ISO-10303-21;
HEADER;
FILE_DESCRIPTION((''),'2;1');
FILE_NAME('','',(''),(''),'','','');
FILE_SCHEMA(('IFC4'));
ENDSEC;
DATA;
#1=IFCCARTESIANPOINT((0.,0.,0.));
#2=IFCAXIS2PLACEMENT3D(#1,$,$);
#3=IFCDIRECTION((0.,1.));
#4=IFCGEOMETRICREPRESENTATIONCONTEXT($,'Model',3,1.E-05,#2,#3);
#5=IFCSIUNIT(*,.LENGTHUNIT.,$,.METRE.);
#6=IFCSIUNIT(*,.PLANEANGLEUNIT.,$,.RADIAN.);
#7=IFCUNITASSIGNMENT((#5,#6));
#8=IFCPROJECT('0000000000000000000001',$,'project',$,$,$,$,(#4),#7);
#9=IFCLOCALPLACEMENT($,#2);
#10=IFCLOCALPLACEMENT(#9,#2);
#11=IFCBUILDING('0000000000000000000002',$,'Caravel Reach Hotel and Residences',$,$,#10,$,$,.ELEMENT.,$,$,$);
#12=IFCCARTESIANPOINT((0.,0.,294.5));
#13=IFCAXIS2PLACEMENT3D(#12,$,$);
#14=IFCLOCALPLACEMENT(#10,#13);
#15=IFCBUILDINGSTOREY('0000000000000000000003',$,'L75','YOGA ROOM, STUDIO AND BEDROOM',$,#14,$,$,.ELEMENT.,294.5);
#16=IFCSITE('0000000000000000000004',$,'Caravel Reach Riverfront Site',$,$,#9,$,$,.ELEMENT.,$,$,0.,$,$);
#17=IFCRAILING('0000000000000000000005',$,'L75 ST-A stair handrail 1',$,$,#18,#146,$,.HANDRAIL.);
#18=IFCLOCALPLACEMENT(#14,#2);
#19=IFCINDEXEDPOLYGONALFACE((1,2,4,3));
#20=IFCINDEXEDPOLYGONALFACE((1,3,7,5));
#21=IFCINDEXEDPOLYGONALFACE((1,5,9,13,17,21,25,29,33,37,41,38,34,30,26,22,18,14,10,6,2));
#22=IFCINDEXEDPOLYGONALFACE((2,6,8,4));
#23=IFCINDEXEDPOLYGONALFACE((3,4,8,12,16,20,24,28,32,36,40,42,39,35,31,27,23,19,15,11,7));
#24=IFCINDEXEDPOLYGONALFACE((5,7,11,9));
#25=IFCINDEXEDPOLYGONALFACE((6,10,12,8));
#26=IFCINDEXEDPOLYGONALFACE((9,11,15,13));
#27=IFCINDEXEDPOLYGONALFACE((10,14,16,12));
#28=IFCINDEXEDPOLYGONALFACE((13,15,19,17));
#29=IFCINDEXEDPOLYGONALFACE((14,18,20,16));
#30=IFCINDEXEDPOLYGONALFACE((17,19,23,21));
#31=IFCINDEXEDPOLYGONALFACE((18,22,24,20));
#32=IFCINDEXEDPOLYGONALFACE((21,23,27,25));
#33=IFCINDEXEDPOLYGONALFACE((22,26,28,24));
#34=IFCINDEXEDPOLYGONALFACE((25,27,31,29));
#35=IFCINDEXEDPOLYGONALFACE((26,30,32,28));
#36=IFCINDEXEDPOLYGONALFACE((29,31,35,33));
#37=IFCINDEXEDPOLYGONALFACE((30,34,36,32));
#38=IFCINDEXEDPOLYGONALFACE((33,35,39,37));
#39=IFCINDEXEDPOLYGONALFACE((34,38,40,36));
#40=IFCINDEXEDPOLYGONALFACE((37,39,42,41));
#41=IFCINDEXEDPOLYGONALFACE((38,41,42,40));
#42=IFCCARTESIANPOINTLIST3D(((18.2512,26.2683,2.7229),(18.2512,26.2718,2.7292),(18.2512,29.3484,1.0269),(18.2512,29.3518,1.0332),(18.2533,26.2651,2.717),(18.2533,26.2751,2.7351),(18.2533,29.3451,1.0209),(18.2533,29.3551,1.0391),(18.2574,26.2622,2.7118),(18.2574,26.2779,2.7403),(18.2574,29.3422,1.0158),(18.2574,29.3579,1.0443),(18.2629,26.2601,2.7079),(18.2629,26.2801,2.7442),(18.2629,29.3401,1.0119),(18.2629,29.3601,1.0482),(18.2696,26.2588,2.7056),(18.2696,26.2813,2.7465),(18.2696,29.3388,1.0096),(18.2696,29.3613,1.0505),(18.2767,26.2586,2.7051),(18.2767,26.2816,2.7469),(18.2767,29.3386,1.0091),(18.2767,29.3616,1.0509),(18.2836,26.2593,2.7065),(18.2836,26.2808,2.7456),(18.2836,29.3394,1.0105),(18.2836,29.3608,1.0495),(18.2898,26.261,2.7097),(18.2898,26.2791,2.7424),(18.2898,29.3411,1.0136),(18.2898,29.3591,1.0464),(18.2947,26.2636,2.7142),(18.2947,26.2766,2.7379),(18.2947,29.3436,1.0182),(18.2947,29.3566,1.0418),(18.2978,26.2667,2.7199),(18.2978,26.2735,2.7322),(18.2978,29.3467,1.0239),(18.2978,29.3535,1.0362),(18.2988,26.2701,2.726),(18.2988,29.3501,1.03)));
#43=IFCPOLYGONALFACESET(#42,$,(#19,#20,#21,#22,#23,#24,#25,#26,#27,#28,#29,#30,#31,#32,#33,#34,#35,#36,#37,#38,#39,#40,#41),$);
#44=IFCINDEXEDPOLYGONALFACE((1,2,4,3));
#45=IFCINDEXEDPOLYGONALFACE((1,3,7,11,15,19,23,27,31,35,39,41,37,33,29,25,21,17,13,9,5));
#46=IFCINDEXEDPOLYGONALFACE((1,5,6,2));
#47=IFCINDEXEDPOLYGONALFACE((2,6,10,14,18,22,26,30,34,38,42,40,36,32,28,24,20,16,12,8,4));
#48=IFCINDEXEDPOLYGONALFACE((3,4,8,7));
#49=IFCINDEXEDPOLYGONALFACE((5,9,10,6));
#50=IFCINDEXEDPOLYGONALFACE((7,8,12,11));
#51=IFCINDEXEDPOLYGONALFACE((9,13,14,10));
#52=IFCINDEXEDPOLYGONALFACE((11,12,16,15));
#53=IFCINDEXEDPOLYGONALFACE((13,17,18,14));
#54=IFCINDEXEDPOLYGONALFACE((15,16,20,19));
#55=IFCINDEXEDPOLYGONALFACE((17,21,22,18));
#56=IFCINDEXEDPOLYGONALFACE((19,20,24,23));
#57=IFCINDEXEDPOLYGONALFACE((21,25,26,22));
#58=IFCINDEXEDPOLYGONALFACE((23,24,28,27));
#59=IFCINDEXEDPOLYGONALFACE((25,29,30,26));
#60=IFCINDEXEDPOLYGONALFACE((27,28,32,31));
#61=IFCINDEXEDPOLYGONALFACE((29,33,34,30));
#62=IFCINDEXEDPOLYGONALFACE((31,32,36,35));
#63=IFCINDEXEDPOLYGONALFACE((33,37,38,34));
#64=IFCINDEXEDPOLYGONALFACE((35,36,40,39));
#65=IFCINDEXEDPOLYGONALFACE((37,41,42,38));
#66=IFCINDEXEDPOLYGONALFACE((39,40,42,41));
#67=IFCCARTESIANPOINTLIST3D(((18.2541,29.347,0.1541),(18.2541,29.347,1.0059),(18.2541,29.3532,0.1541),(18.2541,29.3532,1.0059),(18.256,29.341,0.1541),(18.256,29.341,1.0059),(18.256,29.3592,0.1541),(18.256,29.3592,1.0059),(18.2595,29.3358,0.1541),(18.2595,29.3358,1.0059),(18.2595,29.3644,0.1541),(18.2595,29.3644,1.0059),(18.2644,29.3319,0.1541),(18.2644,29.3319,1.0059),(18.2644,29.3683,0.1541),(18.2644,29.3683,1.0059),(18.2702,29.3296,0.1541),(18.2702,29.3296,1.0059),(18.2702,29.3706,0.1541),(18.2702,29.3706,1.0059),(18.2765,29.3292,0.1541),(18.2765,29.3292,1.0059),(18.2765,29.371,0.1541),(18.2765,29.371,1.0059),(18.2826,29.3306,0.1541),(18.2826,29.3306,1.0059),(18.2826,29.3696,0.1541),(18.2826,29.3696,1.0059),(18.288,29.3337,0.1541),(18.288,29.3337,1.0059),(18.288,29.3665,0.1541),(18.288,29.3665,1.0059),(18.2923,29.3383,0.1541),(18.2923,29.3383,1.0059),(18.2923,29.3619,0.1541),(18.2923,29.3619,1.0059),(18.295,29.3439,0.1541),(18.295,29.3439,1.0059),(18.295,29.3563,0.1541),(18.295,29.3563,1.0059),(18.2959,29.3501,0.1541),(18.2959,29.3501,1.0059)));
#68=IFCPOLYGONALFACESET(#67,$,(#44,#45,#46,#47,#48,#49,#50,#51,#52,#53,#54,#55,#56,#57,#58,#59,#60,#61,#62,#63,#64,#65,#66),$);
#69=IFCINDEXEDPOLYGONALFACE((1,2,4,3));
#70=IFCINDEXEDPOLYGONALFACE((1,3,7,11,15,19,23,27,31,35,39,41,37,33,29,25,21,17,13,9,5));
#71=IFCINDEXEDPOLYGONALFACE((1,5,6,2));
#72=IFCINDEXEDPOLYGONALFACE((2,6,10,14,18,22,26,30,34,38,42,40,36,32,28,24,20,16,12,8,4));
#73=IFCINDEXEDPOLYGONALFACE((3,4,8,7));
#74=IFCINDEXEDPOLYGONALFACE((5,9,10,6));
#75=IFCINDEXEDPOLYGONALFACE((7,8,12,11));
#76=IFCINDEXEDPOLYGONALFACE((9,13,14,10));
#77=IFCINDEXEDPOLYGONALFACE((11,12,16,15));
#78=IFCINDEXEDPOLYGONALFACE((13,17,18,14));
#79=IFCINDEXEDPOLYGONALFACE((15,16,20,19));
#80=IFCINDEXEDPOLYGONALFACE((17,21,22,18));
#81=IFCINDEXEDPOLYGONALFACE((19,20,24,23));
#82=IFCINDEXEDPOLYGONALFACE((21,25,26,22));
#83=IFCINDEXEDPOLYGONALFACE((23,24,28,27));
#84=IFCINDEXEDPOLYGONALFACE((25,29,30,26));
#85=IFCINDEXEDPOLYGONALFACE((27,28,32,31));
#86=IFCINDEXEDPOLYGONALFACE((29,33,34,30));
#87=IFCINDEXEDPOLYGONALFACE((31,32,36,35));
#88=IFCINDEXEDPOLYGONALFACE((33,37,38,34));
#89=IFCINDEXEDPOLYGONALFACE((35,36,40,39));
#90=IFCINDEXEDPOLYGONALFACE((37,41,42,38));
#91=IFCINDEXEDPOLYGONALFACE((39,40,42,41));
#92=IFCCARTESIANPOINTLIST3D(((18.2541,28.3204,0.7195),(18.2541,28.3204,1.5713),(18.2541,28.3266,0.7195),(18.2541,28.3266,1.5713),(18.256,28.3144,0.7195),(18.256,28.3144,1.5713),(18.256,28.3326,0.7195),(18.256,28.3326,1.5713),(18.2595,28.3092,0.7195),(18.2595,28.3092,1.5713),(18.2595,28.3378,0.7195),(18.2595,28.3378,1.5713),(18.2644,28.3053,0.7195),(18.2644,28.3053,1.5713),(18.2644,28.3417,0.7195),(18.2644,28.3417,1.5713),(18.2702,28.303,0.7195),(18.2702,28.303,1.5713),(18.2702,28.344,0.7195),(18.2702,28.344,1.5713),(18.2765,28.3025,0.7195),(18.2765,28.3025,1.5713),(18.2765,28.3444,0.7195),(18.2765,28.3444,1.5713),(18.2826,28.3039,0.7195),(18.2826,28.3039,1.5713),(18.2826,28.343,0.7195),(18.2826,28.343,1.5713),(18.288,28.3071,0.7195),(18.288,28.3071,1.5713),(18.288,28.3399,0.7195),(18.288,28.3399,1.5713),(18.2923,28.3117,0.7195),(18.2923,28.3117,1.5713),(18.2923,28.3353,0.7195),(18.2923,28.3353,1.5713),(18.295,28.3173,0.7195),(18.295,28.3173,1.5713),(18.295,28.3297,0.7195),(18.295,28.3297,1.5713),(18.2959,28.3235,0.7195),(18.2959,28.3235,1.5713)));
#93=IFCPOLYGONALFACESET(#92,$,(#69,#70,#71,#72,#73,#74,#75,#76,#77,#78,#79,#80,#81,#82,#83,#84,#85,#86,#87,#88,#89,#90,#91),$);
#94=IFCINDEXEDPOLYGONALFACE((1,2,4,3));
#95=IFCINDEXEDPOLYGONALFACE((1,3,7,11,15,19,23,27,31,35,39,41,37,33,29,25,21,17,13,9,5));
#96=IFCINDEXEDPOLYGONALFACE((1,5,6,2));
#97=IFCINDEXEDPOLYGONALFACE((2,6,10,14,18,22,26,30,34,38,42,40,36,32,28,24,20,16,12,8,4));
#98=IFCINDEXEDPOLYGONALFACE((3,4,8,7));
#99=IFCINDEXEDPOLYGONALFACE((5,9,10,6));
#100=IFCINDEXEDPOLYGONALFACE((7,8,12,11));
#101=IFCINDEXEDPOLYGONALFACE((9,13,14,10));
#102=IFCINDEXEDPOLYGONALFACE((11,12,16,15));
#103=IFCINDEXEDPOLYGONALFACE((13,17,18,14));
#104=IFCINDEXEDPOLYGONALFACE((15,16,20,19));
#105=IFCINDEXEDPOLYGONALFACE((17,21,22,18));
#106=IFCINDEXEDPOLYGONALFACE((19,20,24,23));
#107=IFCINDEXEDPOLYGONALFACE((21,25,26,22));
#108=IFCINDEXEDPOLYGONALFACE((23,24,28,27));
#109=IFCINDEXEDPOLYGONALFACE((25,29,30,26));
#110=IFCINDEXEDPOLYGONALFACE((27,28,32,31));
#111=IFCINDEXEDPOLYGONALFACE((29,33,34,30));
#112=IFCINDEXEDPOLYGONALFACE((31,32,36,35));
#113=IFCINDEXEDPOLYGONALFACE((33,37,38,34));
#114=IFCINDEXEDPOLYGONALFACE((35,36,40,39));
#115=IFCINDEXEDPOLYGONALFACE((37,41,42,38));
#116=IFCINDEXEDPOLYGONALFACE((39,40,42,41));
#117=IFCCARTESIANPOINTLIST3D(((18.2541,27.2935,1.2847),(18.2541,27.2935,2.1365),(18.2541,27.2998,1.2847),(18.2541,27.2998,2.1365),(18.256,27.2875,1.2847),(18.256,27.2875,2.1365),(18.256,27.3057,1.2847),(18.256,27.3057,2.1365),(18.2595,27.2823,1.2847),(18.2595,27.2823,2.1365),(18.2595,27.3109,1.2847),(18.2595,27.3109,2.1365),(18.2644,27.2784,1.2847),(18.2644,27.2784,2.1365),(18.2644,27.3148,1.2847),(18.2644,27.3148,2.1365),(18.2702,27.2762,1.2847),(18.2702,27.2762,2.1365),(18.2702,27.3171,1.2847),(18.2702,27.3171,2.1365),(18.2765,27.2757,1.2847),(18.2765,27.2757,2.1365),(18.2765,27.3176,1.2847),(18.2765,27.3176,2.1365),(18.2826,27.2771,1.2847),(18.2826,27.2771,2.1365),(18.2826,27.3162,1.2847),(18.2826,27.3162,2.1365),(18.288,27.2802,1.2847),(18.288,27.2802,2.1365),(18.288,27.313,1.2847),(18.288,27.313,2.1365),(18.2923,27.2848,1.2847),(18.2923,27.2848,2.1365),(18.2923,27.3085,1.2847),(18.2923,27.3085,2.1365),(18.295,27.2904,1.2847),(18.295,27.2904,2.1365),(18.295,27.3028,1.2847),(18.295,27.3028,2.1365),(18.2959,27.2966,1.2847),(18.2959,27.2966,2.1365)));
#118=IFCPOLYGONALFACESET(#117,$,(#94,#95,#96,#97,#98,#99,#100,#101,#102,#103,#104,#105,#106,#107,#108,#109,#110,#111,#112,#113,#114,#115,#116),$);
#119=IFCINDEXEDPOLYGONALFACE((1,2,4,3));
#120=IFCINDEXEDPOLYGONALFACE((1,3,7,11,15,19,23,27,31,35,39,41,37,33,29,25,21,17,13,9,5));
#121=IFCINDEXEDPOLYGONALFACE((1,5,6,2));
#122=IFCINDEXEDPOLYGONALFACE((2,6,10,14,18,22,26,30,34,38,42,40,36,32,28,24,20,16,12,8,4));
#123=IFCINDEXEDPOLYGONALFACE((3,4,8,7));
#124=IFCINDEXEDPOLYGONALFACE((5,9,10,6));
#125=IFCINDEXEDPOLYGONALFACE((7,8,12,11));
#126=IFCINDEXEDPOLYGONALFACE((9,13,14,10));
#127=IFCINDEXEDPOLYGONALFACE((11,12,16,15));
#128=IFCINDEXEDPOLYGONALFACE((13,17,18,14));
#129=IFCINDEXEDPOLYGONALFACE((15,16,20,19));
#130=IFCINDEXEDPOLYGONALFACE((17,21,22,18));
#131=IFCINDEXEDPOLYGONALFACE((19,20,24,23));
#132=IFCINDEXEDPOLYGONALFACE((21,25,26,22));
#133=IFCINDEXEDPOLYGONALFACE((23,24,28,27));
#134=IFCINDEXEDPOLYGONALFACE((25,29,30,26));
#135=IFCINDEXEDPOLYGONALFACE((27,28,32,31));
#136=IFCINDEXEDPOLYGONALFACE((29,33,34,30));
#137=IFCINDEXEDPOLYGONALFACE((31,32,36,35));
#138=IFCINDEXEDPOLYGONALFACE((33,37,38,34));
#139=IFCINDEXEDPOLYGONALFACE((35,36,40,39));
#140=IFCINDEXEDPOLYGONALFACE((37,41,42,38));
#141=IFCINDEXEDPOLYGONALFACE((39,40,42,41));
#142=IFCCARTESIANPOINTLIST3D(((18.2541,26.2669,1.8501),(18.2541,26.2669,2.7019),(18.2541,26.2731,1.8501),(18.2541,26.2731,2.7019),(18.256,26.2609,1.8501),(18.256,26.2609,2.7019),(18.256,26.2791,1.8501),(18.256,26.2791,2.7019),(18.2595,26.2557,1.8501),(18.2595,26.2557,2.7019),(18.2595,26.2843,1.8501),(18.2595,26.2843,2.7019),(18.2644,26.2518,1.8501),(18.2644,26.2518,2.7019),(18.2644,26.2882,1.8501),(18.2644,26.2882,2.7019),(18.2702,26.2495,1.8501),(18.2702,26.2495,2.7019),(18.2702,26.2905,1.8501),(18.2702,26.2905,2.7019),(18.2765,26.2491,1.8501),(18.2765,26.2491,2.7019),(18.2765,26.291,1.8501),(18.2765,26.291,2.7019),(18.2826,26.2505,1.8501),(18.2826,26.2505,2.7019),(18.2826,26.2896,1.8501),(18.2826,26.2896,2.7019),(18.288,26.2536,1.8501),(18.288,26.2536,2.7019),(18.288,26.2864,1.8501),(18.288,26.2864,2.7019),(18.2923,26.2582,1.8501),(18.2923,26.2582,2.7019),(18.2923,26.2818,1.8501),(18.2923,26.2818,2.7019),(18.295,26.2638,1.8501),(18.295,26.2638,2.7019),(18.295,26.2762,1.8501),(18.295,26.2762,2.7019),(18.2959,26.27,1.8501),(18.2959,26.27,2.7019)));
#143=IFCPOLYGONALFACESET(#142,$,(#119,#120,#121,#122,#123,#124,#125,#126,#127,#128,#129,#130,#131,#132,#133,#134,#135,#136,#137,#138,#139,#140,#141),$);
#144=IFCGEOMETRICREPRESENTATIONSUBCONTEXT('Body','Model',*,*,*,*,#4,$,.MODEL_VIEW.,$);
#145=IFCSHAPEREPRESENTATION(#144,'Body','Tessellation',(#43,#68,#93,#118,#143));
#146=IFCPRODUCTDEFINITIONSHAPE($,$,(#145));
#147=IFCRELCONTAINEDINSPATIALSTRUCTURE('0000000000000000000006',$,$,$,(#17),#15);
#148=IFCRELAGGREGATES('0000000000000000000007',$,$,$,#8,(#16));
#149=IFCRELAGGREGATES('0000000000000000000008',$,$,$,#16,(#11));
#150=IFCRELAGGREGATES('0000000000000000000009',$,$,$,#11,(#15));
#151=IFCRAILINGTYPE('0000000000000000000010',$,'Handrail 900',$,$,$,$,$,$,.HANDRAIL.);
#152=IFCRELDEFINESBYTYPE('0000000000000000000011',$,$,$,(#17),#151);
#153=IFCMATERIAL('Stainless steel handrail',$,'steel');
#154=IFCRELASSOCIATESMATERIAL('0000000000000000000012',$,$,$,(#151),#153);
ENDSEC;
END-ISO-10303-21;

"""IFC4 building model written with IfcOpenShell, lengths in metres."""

from ifc_helpers import new_model, si_unit, direction, frame, origin, origin_2d, place, context, subcontext, project, spatial, circle, extrude, material, type_object, element, save


model = new_model("IFC4")

# Units and contexts
model_context = context("Model", 3, precision=1e-05, world=origin(), true_north=direction((0.0, 1.0)))
body_context = subcontext(model_context, "Body", "Model", "MODEL_VIEW")
ifc_project = project(units=[si_unit("LENGTHUNIT", "METRE"), si_unit("PLANEANGLEUNIT", "RADIAN")], contexts=[model_context])

# Site, building, storey
site_placement = place(None, origin())
site = spatial("IfcSite", under=ifc_project, at=site_placement, Name="Caravel Reach Riverfront Site", CompositionType="ELEMENT", RefElevation=0.0)
building_placement = place(site_placement, origin())
building = spatial("IfcBuilding", under=site, at=building_placement, Name="Caravel Reach Hotel and Residences", CompositionType="ELEMENT")
storey_placement = place(building_placement, frame((0.0, 0.0, 294.5)))
storey = spatial("IfcBuildingStorey", under=building, at=storey_placement, Name="L75", Description="YOGA ROOM, STUDIO AND BEDROOM", CompositionType="ELEMENT", Elevation=294.5)

# Railing
ifc_material_1 = material(Name="Stainless steel handrail", Category="steel")
railing_type_1 = type_object("IfcRailingType", Name="Handrail 900", PredefinedType="HANDRAIL", material=ifc_material_1)
railing_1_placement = place(storey_placement, frame((18.2749, 29.3501, 0.1541)))
element("IfcRailing", 1, at=railing_1_placement, inside=storey, type_object=railing_type_1, Name="L75 ST-A stair handrail 1", PredefinedType="HANDRAIL", context=body_context, shape_type="SweptSolid", body=[
    extrude(circle(Radius=0.0239, at=origin_2d()), frame((0.0, 0.0, 0.876), z_axis=(0.0, -0.875975, 0.482356), x_axis=(1.0, 0.0, 0.0)), (0.0, 0.0, 1.0), 3.5161),
    extrude(circle(Radius=0.021, at=origin_2d()), origin(), (0.0, 0.0, 1.0), 0.8518),
    extrude(circle(Radius=0.021, at=origin_2d()), frame((0.0, -1.0266, 0.5654)), (0.0, 0.0, 1.0), 0.8518),
    extrude(circle(Radius=0.021, at=origin_2d()), frame((0.0, -2.0535, 1.1306)), (0.0, 0.0, 1.0), 0.8518),
    extrude(circle(Radius=0.021, at=origin_2d()), frame((0.0, -3.0801, 1.696)), (0.0, 0.0, 1.0), 0.8518),
])

save(model, "model.ifc")
